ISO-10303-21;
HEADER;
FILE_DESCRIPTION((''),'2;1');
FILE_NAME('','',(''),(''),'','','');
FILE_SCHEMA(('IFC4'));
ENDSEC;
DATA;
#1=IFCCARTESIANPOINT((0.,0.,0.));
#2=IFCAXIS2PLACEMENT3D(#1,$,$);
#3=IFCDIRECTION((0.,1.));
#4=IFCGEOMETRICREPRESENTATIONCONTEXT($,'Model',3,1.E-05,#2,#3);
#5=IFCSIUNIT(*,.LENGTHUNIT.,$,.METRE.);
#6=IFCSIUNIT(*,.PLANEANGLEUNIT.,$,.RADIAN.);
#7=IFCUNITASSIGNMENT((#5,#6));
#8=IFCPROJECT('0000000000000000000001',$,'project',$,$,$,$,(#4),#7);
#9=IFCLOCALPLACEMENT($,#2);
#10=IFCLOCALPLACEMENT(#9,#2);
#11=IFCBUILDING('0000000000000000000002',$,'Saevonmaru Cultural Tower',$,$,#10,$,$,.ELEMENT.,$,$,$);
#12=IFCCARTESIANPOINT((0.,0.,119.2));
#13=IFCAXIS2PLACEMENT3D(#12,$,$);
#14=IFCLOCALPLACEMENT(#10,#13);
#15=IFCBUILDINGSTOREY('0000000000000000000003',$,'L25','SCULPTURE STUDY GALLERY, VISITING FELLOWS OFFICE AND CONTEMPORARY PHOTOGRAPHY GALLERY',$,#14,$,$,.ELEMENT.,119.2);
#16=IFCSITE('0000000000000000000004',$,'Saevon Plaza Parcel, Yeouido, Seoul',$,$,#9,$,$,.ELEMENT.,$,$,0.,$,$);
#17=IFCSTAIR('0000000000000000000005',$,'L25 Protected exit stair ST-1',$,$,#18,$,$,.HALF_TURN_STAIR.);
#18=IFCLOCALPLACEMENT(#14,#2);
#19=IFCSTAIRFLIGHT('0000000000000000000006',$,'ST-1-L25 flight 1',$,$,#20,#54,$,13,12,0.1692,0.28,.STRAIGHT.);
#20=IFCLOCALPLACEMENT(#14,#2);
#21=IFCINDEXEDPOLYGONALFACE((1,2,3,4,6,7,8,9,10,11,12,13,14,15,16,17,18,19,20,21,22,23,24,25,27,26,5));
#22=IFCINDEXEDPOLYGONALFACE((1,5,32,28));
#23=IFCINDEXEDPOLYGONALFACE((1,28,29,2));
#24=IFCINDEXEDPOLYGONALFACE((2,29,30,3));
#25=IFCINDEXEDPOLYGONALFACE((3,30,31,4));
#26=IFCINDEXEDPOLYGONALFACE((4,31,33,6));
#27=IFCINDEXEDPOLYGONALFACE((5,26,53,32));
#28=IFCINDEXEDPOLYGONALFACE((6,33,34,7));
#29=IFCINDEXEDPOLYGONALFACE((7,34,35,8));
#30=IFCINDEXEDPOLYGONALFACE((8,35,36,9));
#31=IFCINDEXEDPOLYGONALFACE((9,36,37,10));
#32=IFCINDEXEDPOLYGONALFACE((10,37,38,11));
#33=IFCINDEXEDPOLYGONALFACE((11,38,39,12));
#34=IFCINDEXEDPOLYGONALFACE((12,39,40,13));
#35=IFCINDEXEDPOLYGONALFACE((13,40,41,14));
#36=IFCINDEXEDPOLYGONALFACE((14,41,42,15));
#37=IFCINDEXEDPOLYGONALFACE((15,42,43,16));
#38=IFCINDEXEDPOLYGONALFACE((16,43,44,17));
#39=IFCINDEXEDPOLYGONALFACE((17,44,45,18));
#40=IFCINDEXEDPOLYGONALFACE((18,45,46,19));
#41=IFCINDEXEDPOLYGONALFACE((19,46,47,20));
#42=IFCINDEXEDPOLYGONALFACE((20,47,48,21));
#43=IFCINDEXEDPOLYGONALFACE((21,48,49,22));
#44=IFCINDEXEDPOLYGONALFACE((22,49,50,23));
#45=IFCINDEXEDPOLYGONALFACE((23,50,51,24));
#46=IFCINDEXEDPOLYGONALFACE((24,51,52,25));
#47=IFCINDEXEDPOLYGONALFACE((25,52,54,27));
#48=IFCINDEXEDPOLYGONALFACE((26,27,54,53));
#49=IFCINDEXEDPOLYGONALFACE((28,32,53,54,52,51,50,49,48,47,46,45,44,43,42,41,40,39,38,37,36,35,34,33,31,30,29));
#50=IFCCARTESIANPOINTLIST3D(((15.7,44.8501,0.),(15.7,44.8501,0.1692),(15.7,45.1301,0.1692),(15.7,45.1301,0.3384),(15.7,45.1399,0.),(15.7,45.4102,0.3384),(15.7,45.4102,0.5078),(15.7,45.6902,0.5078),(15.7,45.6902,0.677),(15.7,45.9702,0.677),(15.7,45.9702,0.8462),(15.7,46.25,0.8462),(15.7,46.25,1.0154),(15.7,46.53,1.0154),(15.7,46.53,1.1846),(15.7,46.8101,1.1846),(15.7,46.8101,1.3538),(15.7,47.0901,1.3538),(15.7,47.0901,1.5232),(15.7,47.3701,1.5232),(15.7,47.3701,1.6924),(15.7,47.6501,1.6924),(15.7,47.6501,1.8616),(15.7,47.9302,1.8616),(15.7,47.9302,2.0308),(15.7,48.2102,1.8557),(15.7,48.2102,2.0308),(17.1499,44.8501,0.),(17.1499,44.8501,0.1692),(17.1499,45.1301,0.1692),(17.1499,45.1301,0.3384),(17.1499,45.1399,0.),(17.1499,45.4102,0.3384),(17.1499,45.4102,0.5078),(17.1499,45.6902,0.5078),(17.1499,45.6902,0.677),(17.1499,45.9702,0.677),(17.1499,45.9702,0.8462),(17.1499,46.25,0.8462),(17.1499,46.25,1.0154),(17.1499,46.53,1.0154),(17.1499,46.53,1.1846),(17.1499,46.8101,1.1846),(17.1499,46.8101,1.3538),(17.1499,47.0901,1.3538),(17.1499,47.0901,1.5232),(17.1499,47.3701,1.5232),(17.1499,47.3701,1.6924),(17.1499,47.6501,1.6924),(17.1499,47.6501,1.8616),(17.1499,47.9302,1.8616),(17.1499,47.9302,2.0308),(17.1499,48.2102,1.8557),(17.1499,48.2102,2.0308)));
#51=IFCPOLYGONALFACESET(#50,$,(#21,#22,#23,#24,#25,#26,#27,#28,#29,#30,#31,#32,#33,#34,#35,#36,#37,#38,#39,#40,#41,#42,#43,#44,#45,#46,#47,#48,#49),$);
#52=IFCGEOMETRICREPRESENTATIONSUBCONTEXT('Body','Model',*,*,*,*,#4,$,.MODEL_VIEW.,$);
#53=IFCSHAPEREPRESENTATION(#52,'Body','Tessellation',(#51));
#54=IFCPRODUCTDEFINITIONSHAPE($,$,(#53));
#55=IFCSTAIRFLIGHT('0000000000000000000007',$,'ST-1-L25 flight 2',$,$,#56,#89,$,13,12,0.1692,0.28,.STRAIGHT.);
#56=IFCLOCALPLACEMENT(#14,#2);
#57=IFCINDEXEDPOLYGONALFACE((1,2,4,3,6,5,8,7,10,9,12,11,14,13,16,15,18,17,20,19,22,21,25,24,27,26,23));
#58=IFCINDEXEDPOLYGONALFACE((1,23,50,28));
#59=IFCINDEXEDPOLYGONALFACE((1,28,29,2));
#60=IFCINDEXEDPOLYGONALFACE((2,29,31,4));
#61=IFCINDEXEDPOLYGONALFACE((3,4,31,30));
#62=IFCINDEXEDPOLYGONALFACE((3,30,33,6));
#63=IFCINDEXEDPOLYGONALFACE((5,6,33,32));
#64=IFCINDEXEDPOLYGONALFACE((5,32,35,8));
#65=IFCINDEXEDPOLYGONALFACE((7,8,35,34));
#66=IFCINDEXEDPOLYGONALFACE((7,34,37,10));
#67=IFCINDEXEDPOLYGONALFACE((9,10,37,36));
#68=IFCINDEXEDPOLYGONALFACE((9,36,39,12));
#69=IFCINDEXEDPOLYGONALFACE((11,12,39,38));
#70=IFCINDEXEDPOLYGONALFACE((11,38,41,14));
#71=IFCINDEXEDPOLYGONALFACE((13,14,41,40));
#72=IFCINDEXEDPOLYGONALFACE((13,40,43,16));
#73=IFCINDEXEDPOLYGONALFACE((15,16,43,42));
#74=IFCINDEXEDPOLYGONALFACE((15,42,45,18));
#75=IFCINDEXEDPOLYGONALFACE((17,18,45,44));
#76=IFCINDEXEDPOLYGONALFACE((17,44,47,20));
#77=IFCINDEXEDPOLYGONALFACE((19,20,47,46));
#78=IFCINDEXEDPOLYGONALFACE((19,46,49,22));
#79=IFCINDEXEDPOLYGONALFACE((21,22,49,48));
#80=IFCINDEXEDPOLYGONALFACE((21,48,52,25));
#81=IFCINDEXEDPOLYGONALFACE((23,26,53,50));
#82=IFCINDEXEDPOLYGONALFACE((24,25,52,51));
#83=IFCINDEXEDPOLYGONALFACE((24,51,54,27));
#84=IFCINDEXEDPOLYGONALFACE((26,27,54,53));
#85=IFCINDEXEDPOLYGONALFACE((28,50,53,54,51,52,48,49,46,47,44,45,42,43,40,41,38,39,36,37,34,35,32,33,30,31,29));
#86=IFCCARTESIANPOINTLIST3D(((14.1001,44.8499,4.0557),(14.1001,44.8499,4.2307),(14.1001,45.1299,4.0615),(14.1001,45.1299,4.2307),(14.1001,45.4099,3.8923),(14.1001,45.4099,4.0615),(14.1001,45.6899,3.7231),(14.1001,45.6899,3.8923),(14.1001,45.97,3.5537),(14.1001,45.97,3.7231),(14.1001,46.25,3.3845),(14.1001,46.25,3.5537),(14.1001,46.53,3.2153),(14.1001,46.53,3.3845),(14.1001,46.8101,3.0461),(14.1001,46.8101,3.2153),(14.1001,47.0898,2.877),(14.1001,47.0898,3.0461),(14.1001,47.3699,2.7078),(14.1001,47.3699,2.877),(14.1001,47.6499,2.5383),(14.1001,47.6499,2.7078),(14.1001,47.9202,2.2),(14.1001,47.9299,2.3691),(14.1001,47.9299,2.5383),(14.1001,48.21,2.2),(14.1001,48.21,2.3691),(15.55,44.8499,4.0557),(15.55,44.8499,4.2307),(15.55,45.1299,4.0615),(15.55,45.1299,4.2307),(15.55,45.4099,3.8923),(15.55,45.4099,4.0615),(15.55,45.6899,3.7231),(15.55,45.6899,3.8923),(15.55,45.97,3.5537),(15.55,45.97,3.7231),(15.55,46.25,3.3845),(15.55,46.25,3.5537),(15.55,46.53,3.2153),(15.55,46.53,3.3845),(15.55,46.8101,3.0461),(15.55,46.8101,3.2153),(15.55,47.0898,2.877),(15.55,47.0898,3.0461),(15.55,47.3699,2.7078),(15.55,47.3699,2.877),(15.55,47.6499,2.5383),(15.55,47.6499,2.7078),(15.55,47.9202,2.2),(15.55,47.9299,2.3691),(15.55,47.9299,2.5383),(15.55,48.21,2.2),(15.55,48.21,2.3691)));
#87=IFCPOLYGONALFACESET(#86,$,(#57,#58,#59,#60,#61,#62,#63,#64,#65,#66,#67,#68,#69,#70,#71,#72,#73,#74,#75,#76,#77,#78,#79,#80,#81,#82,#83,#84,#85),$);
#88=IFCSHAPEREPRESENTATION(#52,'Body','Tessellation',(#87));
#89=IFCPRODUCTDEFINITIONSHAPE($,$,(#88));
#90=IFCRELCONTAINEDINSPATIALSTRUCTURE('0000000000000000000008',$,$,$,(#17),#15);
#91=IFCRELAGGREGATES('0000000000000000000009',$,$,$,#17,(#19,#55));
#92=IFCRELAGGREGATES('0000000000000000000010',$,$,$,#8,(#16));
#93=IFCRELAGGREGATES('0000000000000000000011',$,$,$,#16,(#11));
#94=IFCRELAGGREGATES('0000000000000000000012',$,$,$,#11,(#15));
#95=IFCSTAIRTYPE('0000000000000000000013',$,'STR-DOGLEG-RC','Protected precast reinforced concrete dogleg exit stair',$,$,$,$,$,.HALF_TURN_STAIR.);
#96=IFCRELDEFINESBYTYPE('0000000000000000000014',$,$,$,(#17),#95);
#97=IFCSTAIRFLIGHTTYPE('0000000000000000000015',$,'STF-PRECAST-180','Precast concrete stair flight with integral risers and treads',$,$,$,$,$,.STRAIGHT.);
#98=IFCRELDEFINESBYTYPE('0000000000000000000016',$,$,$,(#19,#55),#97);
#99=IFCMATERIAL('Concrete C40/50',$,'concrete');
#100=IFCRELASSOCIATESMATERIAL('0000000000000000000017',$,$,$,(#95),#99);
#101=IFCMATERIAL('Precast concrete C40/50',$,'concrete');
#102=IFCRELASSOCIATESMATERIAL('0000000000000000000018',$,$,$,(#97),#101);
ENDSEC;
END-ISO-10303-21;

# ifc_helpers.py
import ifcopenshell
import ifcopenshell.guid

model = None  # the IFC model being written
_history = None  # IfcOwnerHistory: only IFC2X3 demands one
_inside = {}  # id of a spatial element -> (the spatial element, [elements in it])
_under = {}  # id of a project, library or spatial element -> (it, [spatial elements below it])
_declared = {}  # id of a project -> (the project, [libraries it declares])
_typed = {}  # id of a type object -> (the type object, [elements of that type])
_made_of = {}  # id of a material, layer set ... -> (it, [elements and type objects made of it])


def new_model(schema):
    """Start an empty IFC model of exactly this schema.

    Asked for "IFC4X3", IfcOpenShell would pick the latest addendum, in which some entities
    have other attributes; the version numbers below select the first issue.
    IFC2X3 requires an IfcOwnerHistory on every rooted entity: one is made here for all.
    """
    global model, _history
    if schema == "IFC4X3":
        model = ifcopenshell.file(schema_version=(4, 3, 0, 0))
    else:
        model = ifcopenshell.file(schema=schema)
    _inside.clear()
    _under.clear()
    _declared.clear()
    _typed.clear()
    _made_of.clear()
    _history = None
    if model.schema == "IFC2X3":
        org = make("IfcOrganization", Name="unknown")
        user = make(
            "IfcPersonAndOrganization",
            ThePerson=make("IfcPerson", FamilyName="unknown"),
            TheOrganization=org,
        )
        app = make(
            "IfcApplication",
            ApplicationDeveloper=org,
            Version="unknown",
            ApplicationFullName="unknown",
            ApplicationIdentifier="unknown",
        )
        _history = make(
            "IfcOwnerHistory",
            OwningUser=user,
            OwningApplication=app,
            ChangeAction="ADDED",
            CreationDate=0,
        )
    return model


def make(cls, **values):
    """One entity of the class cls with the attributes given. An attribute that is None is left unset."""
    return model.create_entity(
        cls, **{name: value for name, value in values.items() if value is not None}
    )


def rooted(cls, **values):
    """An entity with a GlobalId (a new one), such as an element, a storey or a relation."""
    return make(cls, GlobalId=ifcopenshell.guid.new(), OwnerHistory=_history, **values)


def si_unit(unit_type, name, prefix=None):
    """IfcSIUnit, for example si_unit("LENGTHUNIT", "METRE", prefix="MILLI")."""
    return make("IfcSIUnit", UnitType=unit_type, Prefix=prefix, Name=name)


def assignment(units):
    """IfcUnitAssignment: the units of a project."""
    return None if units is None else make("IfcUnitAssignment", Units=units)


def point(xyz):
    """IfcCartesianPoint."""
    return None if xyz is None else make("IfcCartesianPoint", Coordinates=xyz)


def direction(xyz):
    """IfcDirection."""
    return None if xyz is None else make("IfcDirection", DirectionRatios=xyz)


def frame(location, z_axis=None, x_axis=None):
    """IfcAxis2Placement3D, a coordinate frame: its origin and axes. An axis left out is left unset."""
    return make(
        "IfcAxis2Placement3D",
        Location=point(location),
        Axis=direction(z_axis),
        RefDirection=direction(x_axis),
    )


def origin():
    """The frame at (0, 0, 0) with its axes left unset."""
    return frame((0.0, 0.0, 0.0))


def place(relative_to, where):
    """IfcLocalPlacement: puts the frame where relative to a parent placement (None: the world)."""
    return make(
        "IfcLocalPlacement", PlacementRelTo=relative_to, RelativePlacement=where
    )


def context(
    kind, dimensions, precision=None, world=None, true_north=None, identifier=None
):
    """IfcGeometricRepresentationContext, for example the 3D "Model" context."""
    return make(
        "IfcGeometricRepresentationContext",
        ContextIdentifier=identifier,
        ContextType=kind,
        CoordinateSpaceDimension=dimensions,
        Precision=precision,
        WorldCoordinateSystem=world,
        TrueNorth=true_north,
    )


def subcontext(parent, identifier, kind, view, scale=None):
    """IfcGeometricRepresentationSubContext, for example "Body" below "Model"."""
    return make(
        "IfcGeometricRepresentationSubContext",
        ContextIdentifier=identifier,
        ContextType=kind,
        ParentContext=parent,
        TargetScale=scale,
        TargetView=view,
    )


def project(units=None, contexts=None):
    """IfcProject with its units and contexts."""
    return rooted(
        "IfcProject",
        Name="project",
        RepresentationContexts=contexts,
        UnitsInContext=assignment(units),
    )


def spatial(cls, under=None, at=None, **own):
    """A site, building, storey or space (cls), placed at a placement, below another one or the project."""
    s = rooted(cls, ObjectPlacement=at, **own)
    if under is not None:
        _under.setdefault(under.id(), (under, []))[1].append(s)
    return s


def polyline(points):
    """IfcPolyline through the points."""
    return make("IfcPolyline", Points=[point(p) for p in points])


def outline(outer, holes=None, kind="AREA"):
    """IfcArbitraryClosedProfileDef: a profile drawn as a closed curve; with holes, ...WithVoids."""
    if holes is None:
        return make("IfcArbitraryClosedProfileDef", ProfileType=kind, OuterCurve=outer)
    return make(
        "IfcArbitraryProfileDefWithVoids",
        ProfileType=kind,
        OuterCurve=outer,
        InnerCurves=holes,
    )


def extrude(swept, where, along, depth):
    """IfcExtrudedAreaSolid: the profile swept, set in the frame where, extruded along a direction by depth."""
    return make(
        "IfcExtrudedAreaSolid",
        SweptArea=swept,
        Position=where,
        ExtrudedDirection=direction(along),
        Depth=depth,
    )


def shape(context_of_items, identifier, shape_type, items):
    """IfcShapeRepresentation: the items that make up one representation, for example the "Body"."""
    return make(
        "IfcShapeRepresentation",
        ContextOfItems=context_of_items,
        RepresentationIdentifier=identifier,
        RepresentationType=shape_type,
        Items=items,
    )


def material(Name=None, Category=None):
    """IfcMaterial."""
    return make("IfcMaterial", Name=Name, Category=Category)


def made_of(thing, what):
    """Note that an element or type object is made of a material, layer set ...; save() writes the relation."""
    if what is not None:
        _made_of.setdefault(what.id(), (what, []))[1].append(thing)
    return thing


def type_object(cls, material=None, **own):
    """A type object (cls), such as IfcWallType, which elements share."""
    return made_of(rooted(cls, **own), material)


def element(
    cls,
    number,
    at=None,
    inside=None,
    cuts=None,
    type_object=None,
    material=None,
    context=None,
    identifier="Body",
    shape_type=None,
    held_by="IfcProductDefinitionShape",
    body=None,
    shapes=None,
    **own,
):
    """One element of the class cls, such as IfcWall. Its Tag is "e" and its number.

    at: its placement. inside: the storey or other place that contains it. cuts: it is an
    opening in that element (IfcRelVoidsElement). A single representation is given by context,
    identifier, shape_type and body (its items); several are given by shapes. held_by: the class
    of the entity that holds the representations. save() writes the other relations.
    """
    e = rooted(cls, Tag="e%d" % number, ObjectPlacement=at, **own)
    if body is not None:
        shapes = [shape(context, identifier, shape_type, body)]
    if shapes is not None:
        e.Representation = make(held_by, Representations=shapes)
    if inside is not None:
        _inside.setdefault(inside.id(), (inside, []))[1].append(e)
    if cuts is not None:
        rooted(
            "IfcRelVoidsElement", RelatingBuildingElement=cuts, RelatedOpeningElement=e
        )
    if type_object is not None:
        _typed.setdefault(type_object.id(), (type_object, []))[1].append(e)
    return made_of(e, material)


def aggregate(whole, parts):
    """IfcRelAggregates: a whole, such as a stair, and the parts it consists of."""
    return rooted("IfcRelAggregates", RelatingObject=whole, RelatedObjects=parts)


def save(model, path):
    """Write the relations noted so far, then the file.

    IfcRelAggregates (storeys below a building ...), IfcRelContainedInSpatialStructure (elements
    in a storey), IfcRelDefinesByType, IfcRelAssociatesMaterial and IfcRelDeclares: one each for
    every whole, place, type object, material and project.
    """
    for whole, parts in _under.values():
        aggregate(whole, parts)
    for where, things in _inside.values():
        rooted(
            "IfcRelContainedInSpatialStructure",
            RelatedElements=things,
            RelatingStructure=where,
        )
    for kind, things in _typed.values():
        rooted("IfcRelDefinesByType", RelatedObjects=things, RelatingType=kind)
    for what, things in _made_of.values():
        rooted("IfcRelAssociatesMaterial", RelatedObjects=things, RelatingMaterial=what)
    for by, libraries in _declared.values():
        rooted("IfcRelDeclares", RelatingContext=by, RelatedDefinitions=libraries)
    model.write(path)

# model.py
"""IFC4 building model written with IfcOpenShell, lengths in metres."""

from ifc_helpers import new_model, si_unit, direction, frame, origin, place, context, subcontext, project, spatial, polyline, outline, extrude, material, type_object, element, aggregate, save


model = new_model("IFC4")

# Units and contexts
model_context = context("Model", 3, precision=1e-05, world=origin(), true_north=direction((0.0, 1.0)))
body_context = subcontext(model_context, "Body", "Model", "MODEL_VIEW")
ifc_project = project(units=[si_unit("LENGTHUNIT", "METRE"), si_unit("PLANEANGLEUNIT", "RADIAN")], contexts=[model_context])

# Site, building, storey
site_placement = place(None, origin())
site = spatial("IfcSite", under=ifc_project, at=site_placement, Name="Saevon Plaza Parcel, Yeouido, Seoul", CompositionType="ELEMENT", RefElevation=0.0)
building_placement = place(site_placement, origin())
building = spatial("IfcBuilding", under=site, at=building_placement, Name="Saevonmaru Cultural Tower", CompositionType="ELEMENT")
storey_placement = place(building_placement, frame((0.0, 0.0, 119.2)))
storey = spatial("IfcBuildingStorey", under=building, at=storey_placement, Name="L25", Description="SCULPTURE STUDY GALLERY, VISITING FELLOWS OFFICE AND CONTEMPORARY PHOTOGRAPHY GALLERY", CompositionType="ELEMENT", Elevation=119.2)

# Shared definitions
ifc_material_1 = material(Name="Concrete C40/50", Category="concrete")

# Stair, stair flights
stair_type = type_object("IfcStairType", Name="STR-DOGLEG-RC", Description="Protected precast reinforced concrete dogleg exit stair", PredefinedType="HALF_TURN_STAIR", material=ifc_material_1)
stair_placement = place(storey_placement, origin())
stair = element("IfcStair", 1, at=stair_placement, inside=storey, type_object=stair_type, Name="L25 Protected exit stair ST-1", PredefinedType="HALF_TURN_STAIR")
ifc_material_2 = material(Name="Precast concrete C40/50", Category="concrete")
stair_flight_type = type_object("IfcStairFlightType", Name="STF-PRECAST-180", Description="Precast concrete stair flight with integral risers and treads", PredefinedType="STRAIGHT", material=ifc_material_2)
stair_flight_1_placement = place(storey_placement, frame((16.425, 44.8501, 0.0), z_axis=(0.0, 0.0, 1.0), x_axis=(0.0, 1.0, 0.0)))
stair_flight_1 = element("IfcStairFlight", 2, at=stair_flight_1_placement, type_object=stair_flight_type, Name="ST-1-L25 flight 1", NumberOfRisers=13, NumberOfTreads=12, PredefinedType="STRAIGHT", RiserHeight=0.1692, TreadLength=0.28, context=body_context, shape_type="SweptSolid", body=[
    extrude(outline(polyline([(0.0, 0.0), (0.0, 0.1692), (0.28, 0.1692), (0.28, 0.3384), (0.5601, 0.3384), (0.5601, 0.5078), (0.8401, 0.5078), (0.8401, 0.677), (1.1201, 0.677), (1.1201, 0.8462), (1.3999, 0.8462), (1.3999, 1.0154), (1.6799, 1.0154), (1.6799, 1.1846), (1.96, 1.1846), (1.96, 1.3538), (2.24, 1.3538), (2.24, 1.5232), (2.52, 1.5232), (2.52, 1.6924), (2.8, 1.6924), (2.8, 1.8616), (3.0801, 1.8616), (3.0801, 2.0308), (3.3601, 2.0308), (3.3601, 2.2), (3.3601, 1.8557), (0.2898, 0.0), (0.0, 0.0)])), frame((0.0, 0.7251, 0.0), z_axis=(0.0, -1.0, 0.0), x_axis=(1.0, 0.0, 0.0)), (0.0, 0.0, 1.0), 1.45),
])
stair_flight_2_placement = place(storey_placement, frame((14.825, 48.21, 2.2), z_axis=(0.0, 0.0, 1.0), x_axis=(0.0, -1.0, 0.0)))
stair_flight_2 = element("IfcStairFlight", 3, at=stair_flight_2_placement, type_object=stair_flight_type, Name="ST-1-L25 flight 2", NumberOfRisers=13, NumberOfTreads=12, PredefinedType="STRAIGHT", RiserHeight=0.1692, TreadLength=0.28, context=body_context, shape_type="SweptSolid", body=[
    extrude(outline(polyline([(0.0, 0.0), (0.0, 0.1692), (0.28, 0.1692), (0.28, 0.3384), (0.5601, 0.3384), (0.5601, 0.5078), (0.8401, 0.5078), (0.8401, 0.677), (1.1201, 0.677), (1.1201, 0.8462), (1.3999, 0.8462), (1.3999, 1.0154), (1.6799, 1.0154), (1.6799, 1.1846), (1.96, 1.1846), (1.96, 1.3538), (2.24, 1.3538), (2.24, 1.5232), (2.52, 1.5232), (2.52, 1.6924), (2.8, 1.6924), (2.8, 1.8616), (3.0801, 1.8616), (3.0801, 2.0308), (3.3601, 2.0308), (3.3601, 2.2), (3.3601, 1.8557), (0.2898, 0.0), (0.0, 0.0)])), frame((0.0, 0.7251, 0.0), z_axis=(0.0, -1.0, 0.0), x_axis=(1.0, 0.0, 0.0)), (0.0, 0.0, 1.0), 1.45),
])
aggregate(stair, [stair_flight_1, stair_flight_2])

save(model, "model.ifc")
